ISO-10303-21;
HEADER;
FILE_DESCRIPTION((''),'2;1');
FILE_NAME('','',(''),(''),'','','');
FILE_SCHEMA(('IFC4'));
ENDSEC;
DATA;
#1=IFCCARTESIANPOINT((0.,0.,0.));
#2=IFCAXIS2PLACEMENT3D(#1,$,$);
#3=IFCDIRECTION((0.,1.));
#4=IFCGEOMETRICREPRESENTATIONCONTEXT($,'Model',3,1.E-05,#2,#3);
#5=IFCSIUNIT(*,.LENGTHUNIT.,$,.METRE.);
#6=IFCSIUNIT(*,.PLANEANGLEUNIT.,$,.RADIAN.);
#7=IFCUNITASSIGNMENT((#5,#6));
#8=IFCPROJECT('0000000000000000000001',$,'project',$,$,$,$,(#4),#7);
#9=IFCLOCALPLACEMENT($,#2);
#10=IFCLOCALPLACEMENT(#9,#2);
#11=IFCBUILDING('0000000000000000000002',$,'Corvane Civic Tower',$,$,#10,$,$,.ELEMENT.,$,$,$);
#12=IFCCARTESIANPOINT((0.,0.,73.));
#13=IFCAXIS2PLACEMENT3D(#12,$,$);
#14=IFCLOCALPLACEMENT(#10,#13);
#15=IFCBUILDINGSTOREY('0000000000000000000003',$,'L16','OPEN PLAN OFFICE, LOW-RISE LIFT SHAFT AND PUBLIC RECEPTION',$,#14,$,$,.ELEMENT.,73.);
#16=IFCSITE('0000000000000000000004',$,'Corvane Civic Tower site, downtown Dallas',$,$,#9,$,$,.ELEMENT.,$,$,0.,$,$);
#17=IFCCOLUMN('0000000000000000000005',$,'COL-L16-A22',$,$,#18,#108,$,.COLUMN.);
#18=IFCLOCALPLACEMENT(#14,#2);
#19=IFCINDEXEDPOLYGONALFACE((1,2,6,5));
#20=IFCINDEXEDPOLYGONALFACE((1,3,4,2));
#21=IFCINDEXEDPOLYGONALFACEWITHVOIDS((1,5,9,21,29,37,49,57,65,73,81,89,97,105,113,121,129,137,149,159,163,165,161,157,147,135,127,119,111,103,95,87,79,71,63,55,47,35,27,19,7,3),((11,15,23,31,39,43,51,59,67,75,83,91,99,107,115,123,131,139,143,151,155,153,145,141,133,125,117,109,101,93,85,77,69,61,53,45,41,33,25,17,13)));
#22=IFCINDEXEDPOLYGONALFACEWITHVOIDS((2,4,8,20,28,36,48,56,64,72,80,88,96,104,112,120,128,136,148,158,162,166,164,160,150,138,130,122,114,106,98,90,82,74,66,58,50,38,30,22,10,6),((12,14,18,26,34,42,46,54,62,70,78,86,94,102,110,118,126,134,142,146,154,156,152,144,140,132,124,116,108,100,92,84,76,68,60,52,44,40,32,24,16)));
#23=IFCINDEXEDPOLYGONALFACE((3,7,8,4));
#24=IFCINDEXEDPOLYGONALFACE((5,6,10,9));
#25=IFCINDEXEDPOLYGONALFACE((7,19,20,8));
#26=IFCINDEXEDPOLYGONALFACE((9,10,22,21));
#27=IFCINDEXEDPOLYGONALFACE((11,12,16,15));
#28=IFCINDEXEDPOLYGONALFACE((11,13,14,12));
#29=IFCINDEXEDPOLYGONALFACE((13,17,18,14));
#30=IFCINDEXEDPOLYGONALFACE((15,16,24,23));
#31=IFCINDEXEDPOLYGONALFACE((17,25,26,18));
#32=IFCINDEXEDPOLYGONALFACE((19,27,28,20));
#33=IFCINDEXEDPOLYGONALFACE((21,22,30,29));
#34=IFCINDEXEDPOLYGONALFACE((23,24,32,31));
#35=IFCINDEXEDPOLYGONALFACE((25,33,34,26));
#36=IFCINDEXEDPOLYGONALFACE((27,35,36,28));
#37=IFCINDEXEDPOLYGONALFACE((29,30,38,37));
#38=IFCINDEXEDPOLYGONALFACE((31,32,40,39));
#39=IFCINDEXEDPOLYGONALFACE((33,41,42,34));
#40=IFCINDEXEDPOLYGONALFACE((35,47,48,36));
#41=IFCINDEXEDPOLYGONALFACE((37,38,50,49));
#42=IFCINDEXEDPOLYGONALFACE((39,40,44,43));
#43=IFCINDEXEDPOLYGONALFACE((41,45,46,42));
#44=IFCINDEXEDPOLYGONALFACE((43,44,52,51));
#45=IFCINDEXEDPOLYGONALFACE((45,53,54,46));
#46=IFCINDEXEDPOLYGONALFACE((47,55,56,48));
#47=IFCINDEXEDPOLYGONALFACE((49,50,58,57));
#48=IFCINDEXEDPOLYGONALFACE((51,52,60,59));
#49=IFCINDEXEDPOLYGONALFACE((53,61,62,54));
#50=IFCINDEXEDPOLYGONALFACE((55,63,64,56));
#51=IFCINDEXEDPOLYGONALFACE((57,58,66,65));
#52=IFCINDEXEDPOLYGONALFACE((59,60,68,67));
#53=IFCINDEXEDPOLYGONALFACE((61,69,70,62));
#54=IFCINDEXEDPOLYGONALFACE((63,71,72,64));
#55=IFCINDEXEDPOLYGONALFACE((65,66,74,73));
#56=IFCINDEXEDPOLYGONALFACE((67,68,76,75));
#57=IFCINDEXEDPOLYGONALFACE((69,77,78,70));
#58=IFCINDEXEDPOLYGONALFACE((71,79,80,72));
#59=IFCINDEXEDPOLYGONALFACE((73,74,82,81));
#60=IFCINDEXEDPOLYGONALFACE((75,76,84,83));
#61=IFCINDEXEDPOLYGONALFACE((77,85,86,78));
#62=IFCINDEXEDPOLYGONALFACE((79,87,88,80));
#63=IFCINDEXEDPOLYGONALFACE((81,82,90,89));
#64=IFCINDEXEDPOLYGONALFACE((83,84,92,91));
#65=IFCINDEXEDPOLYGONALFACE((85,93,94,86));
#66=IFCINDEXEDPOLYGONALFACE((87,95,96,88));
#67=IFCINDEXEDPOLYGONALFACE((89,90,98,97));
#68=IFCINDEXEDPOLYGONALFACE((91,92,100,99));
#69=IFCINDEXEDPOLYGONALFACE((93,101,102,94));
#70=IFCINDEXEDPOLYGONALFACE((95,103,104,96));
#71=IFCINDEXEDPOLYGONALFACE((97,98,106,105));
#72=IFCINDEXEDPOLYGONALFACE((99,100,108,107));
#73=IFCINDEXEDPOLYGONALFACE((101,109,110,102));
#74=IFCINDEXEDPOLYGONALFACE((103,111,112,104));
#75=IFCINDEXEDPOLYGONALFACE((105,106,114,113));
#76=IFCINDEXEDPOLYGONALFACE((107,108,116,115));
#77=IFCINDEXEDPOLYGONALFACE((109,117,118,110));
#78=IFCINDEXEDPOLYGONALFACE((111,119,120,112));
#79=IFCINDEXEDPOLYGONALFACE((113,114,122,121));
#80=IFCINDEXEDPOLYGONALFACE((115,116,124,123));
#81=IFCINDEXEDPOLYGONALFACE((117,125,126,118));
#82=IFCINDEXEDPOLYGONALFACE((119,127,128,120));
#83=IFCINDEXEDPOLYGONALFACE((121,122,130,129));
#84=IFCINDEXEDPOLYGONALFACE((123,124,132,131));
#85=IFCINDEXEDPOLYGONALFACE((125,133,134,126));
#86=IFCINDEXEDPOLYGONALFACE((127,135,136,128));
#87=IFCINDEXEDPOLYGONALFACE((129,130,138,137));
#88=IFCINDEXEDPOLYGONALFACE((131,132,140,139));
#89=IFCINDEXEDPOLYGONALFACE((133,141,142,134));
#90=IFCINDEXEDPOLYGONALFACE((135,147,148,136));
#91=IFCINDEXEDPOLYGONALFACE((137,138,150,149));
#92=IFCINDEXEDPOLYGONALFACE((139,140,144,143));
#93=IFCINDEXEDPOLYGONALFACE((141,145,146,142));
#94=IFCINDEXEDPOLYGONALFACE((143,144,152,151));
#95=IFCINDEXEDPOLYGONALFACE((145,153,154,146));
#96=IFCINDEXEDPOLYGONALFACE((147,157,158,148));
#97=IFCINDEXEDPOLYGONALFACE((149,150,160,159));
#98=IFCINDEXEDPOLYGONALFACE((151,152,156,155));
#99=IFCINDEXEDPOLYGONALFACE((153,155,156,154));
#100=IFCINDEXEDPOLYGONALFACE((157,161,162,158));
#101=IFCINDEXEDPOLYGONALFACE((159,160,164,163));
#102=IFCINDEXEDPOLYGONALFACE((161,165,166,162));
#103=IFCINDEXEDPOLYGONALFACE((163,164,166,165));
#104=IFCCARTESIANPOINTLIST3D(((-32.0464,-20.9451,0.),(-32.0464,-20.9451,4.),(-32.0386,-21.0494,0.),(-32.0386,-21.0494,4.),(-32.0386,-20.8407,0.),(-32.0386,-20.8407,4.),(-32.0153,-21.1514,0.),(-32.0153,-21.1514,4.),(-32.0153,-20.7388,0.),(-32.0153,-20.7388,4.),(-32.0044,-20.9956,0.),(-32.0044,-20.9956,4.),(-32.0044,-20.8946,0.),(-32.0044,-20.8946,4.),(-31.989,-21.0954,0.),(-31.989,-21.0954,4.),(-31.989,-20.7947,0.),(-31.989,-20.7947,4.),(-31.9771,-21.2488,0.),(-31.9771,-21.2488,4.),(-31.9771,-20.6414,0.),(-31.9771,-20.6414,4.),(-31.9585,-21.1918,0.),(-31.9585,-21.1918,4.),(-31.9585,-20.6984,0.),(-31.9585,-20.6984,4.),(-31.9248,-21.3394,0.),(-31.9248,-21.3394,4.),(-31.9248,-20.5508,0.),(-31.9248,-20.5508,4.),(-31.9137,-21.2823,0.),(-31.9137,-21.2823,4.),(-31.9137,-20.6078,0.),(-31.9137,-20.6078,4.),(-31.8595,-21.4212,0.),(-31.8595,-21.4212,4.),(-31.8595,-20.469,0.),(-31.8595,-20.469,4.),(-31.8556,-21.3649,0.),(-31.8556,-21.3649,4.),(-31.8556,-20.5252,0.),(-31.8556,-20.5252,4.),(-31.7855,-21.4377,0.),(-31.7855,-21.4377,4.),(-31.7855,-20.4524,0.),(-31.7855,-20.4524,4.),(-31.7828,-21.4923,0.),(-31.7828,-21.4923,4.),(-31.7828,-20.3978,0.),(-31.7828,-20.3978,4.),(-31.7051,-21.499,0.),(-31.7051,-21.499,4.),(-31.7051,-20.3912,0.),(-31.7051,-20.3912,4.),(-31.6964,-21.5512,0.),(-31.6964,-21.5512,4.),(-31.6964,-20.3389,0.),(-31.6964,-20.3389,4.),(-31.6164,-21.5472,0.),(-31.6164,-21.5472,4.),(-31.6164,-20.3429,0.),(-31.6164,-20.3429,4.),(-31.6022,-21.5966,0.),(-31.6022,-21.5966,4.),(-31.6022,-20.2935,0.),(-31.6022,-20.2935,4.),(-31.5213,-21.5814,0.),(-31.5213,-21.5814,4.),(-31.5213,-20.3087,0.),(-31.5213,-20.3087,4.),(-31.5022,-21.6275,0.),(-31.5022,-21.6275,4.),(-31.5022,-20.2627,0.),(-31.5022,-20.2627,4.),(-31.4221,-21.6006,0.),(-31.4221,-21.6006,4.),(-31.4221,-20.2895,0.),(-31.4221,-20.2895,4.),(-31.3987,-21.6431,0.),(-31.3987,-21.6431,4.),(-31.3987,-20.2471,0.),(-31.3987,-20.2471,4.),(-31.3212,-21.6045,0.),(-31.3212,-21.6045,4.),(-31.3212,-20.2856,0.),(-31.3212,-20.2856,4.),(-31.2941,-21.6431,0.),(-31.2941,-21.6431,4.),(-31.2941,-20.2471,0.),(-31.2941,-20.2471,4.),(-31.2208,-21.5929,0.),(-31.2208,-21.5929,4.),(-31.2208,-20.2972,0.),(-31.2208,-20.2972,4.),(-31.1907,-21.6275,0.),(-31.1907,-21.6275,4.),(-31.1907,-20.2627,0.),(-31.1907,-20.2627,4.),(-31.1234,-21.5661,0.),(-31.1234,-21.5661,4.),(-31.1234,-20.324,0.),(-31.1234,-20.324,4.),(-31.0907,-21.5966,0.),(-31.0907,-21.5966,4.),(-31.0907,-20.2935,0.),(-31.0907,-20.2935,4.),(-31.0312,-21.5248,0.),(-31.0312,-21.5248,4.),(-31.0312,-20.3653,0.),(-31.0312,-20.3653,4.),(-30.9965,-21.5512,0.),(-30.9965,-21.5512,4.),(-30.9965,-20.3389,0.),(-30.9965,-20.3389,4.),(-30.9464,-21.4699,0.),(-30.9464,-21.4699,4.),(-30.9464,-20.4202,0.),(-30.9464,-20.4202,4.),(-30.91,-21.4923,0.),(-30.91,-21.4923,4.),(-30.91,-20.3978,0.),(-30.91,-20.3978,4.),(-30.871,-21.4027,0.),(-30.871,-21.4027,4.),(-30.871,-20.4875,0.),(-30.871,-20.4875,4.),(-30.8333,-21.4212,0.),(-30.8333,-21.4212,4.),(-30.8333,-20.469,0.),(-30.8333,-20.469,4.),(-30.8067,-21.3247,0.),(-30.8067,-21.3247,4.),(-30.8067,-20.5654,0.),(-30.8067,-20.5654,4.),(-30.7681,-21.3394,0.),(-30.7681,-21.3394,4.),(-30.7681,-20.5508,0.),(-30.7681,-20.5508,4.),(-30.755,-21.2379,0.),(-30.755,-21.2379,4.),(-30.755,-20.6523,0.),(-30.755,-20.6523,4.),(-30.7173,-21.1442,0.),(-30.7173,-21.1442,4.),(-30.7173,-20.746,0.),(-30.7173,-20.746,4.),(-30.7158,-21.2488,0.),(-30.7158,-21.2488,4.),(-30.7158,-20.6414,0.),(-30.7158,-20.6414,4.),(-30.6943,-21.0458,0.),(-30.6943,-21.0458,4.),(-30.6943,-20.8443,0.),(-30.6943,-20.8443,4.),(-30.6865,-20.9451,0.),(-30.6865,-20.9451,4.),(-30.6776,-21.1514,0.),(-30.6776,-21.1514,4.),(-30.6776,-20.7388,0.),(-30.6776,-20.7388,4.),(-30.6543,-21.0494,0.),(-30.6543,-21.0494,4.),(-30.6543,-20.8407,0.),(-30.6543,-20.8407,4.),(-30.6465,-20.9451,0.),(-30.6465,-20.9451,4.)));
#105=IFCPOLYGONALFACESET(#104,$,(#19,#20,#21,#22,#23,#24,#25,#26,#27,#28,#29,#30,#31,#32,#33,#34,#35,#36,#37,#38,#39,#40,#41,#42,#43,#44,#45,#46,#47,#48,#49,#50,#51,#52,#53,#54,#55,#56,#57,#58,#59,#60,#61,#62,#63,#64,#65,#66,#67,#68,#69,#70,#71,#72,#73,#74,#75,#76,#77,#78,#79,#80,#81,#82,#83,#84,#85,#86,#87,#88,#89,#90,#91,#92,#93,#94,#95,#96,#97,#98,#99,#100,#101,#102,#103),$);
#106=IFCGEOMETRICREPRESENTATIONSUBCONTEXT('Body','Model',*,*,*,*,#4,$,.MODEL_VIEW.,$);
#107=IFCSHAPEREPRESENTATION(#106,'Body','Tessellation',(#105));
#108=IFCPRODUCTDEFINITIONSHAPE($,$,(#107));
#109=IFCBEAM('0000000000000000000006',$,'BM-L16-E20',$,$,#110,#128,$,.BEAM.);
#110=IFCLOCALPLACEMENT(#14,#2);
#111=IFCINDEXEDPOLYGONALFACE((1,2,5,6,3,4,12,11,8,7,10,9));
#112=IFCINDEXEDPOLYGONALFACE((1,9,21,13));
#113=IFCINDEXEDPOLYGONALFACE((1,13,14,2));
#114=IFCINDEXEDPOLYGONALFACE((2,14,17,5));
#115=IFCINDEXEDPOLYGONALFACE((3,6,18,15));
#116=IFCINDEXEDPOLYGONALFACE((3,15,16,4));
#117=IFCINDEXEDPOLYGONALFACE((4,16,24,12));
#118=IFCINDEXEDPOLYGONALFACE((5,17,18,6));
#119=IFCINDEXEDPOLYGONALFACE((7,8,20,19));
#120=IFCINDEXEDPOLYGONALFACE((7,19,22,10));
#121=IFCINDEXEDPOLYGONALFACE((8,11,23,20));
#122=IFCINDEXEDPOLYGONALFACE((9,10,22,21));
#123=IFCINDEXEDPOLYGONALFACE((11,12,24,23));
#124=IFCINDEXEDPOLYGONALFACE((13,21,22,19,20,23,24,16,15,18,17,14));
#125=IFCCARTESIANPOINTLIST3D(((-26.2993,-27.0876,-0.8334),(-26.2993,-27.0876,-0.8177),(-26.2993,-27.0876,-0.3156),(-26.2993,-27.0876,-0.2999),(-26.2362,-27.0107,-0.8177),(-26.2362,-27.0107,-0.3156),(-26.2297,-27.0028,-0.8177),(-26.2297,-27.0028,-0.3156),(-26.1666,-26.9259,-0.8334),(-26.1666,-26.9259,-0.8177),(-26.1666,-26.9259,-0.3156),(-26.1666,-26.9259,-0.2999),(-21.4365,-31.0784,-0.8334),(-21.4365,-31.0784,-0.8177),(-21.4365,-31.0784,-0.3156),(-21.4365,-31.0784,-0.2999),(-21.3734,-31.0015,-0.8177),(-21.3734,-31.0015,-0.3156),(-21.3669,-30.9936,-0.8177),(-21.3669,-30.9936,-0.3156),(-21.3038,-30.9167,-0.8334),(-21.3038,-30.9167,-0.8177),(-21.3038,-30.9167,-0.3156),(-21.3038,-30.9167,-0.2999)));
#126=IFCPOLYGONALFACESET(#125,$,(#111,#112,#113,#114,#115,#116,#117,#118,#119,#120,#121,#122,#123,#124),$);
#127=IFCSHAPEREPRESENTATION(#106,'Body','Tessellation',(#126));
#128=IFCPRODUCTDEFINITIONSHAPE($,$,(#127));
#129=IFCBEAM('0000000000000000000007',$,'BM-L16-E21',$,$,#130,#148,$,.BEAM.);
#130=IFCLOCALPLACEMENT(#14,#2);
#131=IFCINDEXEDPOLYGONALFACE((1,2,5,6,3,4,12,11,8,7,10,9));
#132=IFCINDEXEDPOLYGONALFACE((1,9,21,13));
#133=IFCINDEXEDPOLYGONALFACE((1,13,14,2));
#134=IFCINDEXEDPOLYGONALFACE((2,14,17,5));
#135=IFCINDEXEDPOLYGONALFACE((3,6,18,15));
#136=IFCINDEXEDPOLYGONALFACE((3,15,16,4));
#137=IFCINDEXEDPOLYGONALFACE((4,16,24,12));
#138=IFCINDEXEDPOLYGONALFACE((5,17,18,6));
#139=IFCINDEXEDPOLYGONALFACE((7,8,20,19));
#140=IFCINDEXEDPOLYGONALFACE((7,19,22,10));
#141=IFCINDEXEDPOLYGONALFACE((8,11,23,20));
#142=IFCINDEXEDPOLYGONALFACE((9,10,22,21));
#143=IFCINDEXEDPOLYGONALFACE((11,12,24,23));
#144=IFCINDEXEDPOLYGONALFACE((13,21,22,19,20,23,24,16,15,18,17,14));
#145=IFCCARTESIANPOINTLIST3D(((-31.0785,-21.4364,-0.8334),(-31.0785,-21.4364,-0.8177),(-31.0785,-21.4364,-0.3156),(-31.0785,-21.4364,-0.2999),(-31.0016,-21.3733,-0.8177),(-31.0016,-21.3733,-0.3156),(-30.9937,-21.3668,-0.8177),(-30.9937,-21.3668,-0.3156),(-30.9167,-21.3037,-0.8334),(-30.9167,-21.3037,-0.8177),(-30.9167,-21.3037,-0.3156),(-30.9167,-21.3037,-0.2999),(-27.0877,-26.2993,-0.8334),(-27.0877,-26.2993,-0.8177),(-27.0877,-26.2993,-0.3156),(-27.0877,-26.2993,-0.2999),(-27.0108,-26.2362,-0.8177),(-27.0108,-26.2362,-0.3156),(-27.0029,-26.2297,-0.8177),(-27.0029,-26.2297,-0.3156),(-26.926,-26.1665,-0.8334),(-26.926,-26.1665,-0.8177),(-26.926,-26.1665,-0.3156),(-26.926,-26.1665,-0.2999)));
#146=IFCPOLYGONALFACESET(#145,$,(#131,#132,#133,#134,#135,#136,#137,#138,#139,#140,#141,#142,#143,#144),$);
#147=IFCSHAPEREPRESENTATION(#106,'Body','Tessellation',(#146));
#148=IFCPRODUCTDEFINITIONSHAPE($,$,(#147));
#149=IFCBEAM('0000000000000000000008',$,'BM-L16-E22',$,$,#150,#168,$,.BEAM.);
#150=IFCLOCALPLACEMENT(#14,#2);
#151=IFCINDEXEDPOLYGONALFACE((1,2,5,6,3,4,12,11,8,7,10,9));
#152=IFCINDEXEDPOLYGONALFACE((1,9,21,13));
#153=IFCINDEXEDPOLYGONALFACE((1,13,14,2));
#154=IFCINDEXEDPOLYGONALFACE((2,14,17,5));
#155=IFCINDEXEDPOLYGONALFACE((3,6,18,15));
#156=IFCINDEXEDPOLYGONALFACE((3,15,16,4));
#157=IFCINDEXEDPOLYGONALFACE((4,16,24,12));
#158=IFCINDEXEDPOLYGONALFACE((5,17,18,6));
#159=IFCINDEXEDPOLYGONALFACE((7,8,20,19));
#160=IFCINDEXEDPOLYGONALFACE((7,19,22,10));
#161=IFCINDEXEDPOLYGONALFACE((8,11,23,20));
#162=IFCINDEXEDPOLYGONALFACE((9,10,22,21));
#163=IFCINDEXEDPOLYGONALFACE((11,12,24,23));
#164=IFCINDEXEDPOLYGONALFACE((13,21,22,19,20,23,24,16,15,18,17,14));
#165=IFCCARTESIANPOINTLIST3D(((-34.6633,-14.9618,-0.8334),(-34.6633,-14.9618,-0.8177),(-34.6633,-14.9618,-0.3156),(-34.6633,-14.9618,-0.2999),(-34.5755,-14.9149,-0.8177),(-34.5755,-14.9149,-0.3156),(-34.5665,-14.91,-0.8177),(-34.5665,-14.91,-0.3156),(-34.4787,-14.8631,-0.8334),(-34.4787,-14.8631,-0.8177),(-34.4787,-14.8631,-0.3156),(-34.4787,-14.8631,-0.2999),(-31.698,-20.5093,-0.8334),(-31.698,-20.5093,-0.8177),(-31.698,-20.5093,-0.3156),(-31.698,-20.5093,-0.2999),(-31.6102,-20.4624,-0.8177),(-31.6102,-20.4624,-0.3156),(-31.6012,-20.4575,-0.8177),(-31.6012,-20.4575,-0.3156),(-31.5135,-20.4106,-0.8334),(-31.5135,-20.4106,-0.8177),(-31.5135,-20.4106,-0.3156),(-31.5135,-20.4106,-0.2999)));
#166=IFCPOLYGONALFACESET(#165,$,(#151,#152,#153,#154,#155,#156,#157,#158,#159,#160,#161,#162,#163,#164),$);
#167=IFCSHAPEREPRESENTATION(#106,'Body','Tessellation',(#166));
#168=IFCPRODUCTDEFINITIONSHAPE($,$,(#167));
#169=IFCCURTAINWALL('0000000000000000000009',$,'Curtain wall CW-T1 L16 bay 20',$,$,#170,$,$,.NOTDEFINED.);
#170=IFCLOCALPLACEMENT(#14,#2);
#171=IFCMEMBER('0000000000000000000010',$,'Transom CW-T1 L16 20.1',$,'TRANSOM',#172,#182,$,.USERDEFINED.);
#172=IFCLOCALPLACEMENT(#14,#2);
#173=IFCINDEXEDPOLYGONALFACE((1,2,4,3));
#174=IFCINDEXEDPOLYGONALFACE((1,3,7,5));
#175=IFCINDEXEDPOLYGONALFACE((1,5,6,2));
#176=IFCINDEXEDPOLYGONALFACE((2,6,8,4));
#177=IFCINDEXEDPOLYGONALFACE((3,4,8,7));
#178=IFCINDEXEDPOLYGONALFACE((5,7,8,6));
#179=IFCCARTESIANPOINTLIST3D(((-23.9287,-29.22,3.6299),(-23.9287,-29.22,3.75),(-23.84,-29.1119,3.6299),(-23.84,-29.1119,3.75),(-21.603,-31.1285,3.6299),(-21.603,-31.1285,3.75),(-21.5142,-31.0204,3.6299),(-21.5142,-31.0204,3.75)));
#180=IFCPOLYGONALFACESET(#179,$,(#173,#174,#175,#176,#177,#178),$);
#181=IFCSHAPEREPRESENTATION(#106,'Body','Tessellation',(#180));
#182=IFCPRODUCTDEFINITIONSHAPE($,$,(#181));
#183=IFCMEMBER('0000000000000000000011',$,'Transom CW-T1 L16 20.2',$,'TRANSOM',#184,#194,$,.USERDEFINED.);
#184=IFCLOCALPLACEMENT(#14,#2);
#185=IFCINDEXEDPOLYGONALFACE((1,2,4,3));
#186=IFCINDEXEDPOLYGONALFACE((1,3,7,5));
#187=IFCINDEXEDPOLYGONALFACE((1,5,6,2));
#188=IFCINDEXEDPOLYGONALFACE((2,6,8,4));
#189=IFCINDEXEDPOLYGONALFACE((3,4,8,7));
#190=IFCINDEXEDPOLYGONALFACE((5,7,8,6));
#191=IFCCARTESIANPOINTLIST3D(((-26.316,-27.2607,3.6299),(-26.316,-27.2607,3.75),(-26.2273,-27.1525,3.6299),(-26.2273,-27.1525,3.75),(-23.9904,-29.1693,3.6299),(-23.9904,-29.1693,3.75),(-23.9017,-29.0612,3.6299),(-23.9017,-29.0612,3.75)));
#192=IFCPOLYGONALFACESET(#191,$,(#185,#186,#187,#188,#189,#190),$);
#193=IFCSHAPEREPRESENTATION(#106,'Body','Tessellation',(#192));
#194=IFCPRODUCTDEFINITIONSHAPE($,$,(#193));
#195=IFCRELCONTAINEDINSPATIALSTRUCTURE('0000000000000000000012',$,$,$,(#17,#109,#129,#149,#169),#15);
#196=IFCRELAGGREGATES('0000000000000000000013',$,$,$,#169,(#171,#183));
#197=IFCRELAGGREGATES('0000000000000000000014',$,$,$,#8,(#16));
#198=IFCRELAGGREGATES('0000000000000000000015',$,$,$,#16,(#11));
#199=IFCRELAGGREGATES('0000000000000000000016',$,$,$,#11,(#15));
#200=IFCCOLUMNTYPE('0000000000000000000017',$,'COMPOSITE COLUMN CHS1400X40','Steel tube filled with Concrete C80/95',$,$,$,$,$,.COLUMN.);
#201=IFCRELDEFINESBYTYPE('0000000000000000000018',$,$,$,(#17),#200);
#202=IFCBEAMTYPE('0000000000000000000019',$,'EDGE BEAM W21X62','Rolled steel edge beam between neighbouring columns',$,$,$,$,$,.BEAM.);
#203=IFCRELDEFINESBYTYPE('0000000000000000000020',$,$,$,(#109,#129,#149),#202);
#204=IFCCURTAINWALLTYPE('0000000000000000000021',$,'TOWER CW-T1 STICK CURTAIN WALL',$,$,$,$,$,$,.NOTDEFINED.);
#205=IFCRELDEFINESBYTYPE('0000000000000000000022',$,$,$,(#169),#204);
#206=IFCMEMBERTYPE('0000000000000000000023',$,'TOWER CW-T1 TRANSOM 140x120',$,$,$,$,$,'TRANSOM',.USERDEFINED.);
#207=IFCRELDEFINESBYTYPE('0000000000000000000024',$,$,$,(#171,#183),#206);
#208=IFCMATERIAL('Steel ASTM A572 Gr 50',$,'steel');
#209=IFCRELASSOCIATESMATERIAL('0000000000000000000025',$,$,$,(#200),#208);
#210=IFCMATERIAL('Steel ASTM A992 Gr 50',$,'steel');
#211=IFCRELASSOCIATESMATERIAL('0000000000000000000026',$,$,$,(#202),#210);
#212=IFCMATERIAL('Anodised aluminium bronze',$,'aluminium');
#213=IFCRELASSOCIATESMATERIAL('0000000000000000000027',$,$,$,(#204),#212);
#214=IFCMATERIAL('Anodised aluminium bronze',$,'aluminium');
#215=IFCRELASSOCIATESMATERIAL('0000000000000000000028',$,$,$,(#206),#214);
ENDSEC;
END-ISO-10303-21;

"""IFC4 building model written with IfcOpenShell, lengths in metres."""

from ifc_helpers import new_model, si_unit, direction, frame, origin, origin_2d, place, context, subcontext, project, spatial, rectangle, hollow_circle, i_section, extrude, material, material_profile, profile_set, type_object, element, aggregate, save


model = new_model("IFC4")

# Units and contexts
model_context = context("Model", 3, precision=1e-05, world=origin(), true_north=direction((0.0, 1.0)))
body_context = subcontext(model_context, "Body", "Model", "MODEL_VIEW")
ifc_project = project(units=[si_unit("LENGTHUNIT", "METRE"), si_unit("PLANEANGLEUNIT", "RADIAN")], contexts=[model_context])

# Site, building, storey
site_placement = place(None, origin())
site = spatial("IfcSite", under=ifc_project, at=site_placement, Name="Corvane Civic Tower site, downtown Dallas", CompositionType="ELEMENT", RefElevation=0.0)
building_placement = place(site_placement, origin())
building = spatial("IfcBuilding", under=site, at=building_placement, Name="Corvane Civic Tower", CompositionType="ELEMENT")
storey_placement = place(building_placement, frame((0.0, 0.0, 73.0)))
storey = spatial("IfcBuildingStorey", under=building, at=storey_placement, Name="L16", Description="OPEN PLAN OFFICE, LOW-RISE LIFT SHAFT AND PUBLIC RECEPTION", CompositionType="ELEMENT", Elevation=73.0)

# Column
ifc_material_1 = material(Name="Steel ASTM A572 Gr 50", Category="steel")
ifc_material_profile_1 = material_profile(ifc_material_1, hollow_circle(Radius=0.7, WallThickness=0.04, at=origin_2d()), Name="CHS1400X40")
ifc_profile_set_1 = profile_set([ifc_material_profile_1], Name="Steel ASTM A572 Gr 50")
column_type = type_object("IfcColumnType", Name="COMPOSITE COLUMN CHS1400X40", Description="Steel tube filled with Concrete C80/95", PredefinedType="COLUMN", material=ifc_profile_set_1)
for number, where, z_axis, x_axis, name in (
    (1, (-31.3464, -20.9451, 0.0), (0.0, 0.0, 1.0), (1.0, 0.0, 0.0), "COL-L16-A22"),
):
    element("IfcColumn", number, at=place(storey_placement, frame(where, z_axis=z_axis, x_axis=x_axis)), inside=storey, type_object=column_type, Name=name, PredefinedType="COLUMN", context=body_context, shape_type="SweptSolid", body=[
        extrude(hollow_circle(Radius=0.7, WallThickness=0.04, at=origin_2d()), origin(), (0.0, 0.0, 1.0), 4.0),
    ])

# Beams
ifc_material_2 = material(Name="Steel ASTM A992 Gr 50", Category="steel")
ifc_material_profile_2 = material_profile(ifc_material_2, i_section(OverallWidth=0.2092, OverallDepth=0.5334, WebThickness=0.0103, FlangeThickness=0.0156, at=origin_2d()), Name="W21X62")
ifc_profile_set_2 = profile_set([ifc_material_profile_2], Name="Steel ASTM A992 Gr 50")
beam_type = type_object("IfcBeamType", Name="EDGE BEAM W21X62", Description="Rolled steel edge beam between neighbouring columns", PredefinedType="BEAM", material=ifc_profile_set_2)
for number, where, z_axis, x_axis, name in (
    (2, (-21.3701, -30.9976, -0.5667), (-0.773016, 0.634387, 0.0), (-0.634387, -0.773016, 0.0), "BM-L16-E20"),
    (3, (-27.0068, -26.2329, -0.5667), (-0.634387, 0.773016, 0.0), (-0.773016, -0.634387, 0.0), "BM-L16-E21"),
):
    element("IfcBeam", number, at=place(storey_placement, frame(where, z_axis=z_axis, x_axis=x_axis)), inside=storey, type_object=beam_type, Name=name, PredefinedType="BEAM", context=body_context, shape_type="SweptSolid", body=[
        extrude(i_section(OverallWidth=0.2092, OverallDepth=0.5334, WebThickness=0.0103, FlangeThickness=0.0156, at=origin_2d()), origin(), (0.0, 0.0, 1.0), 6.2908),
    ])
beam_placement = place(storey_placement, frame((-31.6057, -20.46, -0.5667), z_axis=(-0.471406, 0.881916, 0.0), x_axis=(-0.881916, -0.471406, 0.0)))
element("IfcBeam", 4, at=beam_placement, inside=storey, type_object=beam_type, Name="BM-L16-E22", PredefinedType="BEAM", context=body_context, shape_type="SweptSolid", body=[
    extrude(i_section(OverallWidth=0.2092, OverallDepth=0.5334, WebThickness=0.0103, FlangeThickness=0.0156, at=origin_2d()), origin(), (0.0, 0.0, 1.0), 6.2903),
])

# Curtain wall, members
ifc_material_3 = material(Name="Anodised aluminium bronze", Category="aluminium")
curtain_wall_type = type_object("IfcCurtainWallType", Name="TOWER CW-T1 STICK CURTAIN WALL", PredefinedType="NOTDEFINED", material=ifc_material_3)
curtain_wall_1_placement = place(storey_placement, origin())
curtain_wall_1 = element("IfcCurtainWall", 5, at=curtain_wall_1_placement, inside=storey, type_object=curtain_wall_type, Name="Curtain wall CW-T1 L16 bay 20", PredefinedType="NOTDEFINED")
ifc_material_4 = material(Name="Anodised aluminium bronze", Category="aluminium")
ifc_material_profile_3 = material_profile(ifc_material_4, rectangle(XDim=0.1399, YDim=0.1201, at=origin_2d()), Name="TOWER CW-T1 TRANSOM 140x120")
ifc_profile_set_3 = profile_set([ifc_material_profile_3], Name="Anodised aluminium bronze")
member_type_1 = type_object("IfcMemberType", Name="TOWER CW-T1 TRANSOM 140x120", ElementType="TRANSOM", PredefinedType="USERDEFINED", material=ifc_profile_set_3)
member_1_placement = place(storey_placement, frame((-21.5586, -31.0745, 3.6899), z_axis=(-0.773042, 0.634355, 0.0), x_axis=(-0.634355, -0.773042, 0.0)))
member_1 = element("IfcMember", 6, at=member_1_placement, type_object=member_type_1, Name="Transom CW-T1 L16 20.1", ObjectType="TRANSOM", PredefinedType="USERDEFINED", context=body_context, shape_type="SweptSolid", body=[
    extrude(rectangle(XDim=0.1399, YDim=0.1201, at=origin_2d()), origin(), (0.0, 0.0, 1.0), 3.0085),
])
member_2_placement = place(storey_placement, frame((-23.946, -29.1152, 3.6899), z_axis=(-0.773002, 0.634404, 0.0), x_axis=(-0.634404, -0.773002, 0.0)))
member_2 = element("IfcMember", 7, at=member_2_placement, type_object=member_type_1, Name="Transom CW-T1 L16 20.2", ObjectType="TRANSOM", PredefinedType="USERDEFINED", context=body_context, shape_type="SweptSolid", body=[
    extrude(rectangle(XDim=0.1399, YDim=0.1201, at=origin_2d()), origin(), (0.0, 0.0, 1.0), 3.0085),
])

aggregate(curtain_wall_1, [member_1, member_2])

save(model, "model.ifc")
